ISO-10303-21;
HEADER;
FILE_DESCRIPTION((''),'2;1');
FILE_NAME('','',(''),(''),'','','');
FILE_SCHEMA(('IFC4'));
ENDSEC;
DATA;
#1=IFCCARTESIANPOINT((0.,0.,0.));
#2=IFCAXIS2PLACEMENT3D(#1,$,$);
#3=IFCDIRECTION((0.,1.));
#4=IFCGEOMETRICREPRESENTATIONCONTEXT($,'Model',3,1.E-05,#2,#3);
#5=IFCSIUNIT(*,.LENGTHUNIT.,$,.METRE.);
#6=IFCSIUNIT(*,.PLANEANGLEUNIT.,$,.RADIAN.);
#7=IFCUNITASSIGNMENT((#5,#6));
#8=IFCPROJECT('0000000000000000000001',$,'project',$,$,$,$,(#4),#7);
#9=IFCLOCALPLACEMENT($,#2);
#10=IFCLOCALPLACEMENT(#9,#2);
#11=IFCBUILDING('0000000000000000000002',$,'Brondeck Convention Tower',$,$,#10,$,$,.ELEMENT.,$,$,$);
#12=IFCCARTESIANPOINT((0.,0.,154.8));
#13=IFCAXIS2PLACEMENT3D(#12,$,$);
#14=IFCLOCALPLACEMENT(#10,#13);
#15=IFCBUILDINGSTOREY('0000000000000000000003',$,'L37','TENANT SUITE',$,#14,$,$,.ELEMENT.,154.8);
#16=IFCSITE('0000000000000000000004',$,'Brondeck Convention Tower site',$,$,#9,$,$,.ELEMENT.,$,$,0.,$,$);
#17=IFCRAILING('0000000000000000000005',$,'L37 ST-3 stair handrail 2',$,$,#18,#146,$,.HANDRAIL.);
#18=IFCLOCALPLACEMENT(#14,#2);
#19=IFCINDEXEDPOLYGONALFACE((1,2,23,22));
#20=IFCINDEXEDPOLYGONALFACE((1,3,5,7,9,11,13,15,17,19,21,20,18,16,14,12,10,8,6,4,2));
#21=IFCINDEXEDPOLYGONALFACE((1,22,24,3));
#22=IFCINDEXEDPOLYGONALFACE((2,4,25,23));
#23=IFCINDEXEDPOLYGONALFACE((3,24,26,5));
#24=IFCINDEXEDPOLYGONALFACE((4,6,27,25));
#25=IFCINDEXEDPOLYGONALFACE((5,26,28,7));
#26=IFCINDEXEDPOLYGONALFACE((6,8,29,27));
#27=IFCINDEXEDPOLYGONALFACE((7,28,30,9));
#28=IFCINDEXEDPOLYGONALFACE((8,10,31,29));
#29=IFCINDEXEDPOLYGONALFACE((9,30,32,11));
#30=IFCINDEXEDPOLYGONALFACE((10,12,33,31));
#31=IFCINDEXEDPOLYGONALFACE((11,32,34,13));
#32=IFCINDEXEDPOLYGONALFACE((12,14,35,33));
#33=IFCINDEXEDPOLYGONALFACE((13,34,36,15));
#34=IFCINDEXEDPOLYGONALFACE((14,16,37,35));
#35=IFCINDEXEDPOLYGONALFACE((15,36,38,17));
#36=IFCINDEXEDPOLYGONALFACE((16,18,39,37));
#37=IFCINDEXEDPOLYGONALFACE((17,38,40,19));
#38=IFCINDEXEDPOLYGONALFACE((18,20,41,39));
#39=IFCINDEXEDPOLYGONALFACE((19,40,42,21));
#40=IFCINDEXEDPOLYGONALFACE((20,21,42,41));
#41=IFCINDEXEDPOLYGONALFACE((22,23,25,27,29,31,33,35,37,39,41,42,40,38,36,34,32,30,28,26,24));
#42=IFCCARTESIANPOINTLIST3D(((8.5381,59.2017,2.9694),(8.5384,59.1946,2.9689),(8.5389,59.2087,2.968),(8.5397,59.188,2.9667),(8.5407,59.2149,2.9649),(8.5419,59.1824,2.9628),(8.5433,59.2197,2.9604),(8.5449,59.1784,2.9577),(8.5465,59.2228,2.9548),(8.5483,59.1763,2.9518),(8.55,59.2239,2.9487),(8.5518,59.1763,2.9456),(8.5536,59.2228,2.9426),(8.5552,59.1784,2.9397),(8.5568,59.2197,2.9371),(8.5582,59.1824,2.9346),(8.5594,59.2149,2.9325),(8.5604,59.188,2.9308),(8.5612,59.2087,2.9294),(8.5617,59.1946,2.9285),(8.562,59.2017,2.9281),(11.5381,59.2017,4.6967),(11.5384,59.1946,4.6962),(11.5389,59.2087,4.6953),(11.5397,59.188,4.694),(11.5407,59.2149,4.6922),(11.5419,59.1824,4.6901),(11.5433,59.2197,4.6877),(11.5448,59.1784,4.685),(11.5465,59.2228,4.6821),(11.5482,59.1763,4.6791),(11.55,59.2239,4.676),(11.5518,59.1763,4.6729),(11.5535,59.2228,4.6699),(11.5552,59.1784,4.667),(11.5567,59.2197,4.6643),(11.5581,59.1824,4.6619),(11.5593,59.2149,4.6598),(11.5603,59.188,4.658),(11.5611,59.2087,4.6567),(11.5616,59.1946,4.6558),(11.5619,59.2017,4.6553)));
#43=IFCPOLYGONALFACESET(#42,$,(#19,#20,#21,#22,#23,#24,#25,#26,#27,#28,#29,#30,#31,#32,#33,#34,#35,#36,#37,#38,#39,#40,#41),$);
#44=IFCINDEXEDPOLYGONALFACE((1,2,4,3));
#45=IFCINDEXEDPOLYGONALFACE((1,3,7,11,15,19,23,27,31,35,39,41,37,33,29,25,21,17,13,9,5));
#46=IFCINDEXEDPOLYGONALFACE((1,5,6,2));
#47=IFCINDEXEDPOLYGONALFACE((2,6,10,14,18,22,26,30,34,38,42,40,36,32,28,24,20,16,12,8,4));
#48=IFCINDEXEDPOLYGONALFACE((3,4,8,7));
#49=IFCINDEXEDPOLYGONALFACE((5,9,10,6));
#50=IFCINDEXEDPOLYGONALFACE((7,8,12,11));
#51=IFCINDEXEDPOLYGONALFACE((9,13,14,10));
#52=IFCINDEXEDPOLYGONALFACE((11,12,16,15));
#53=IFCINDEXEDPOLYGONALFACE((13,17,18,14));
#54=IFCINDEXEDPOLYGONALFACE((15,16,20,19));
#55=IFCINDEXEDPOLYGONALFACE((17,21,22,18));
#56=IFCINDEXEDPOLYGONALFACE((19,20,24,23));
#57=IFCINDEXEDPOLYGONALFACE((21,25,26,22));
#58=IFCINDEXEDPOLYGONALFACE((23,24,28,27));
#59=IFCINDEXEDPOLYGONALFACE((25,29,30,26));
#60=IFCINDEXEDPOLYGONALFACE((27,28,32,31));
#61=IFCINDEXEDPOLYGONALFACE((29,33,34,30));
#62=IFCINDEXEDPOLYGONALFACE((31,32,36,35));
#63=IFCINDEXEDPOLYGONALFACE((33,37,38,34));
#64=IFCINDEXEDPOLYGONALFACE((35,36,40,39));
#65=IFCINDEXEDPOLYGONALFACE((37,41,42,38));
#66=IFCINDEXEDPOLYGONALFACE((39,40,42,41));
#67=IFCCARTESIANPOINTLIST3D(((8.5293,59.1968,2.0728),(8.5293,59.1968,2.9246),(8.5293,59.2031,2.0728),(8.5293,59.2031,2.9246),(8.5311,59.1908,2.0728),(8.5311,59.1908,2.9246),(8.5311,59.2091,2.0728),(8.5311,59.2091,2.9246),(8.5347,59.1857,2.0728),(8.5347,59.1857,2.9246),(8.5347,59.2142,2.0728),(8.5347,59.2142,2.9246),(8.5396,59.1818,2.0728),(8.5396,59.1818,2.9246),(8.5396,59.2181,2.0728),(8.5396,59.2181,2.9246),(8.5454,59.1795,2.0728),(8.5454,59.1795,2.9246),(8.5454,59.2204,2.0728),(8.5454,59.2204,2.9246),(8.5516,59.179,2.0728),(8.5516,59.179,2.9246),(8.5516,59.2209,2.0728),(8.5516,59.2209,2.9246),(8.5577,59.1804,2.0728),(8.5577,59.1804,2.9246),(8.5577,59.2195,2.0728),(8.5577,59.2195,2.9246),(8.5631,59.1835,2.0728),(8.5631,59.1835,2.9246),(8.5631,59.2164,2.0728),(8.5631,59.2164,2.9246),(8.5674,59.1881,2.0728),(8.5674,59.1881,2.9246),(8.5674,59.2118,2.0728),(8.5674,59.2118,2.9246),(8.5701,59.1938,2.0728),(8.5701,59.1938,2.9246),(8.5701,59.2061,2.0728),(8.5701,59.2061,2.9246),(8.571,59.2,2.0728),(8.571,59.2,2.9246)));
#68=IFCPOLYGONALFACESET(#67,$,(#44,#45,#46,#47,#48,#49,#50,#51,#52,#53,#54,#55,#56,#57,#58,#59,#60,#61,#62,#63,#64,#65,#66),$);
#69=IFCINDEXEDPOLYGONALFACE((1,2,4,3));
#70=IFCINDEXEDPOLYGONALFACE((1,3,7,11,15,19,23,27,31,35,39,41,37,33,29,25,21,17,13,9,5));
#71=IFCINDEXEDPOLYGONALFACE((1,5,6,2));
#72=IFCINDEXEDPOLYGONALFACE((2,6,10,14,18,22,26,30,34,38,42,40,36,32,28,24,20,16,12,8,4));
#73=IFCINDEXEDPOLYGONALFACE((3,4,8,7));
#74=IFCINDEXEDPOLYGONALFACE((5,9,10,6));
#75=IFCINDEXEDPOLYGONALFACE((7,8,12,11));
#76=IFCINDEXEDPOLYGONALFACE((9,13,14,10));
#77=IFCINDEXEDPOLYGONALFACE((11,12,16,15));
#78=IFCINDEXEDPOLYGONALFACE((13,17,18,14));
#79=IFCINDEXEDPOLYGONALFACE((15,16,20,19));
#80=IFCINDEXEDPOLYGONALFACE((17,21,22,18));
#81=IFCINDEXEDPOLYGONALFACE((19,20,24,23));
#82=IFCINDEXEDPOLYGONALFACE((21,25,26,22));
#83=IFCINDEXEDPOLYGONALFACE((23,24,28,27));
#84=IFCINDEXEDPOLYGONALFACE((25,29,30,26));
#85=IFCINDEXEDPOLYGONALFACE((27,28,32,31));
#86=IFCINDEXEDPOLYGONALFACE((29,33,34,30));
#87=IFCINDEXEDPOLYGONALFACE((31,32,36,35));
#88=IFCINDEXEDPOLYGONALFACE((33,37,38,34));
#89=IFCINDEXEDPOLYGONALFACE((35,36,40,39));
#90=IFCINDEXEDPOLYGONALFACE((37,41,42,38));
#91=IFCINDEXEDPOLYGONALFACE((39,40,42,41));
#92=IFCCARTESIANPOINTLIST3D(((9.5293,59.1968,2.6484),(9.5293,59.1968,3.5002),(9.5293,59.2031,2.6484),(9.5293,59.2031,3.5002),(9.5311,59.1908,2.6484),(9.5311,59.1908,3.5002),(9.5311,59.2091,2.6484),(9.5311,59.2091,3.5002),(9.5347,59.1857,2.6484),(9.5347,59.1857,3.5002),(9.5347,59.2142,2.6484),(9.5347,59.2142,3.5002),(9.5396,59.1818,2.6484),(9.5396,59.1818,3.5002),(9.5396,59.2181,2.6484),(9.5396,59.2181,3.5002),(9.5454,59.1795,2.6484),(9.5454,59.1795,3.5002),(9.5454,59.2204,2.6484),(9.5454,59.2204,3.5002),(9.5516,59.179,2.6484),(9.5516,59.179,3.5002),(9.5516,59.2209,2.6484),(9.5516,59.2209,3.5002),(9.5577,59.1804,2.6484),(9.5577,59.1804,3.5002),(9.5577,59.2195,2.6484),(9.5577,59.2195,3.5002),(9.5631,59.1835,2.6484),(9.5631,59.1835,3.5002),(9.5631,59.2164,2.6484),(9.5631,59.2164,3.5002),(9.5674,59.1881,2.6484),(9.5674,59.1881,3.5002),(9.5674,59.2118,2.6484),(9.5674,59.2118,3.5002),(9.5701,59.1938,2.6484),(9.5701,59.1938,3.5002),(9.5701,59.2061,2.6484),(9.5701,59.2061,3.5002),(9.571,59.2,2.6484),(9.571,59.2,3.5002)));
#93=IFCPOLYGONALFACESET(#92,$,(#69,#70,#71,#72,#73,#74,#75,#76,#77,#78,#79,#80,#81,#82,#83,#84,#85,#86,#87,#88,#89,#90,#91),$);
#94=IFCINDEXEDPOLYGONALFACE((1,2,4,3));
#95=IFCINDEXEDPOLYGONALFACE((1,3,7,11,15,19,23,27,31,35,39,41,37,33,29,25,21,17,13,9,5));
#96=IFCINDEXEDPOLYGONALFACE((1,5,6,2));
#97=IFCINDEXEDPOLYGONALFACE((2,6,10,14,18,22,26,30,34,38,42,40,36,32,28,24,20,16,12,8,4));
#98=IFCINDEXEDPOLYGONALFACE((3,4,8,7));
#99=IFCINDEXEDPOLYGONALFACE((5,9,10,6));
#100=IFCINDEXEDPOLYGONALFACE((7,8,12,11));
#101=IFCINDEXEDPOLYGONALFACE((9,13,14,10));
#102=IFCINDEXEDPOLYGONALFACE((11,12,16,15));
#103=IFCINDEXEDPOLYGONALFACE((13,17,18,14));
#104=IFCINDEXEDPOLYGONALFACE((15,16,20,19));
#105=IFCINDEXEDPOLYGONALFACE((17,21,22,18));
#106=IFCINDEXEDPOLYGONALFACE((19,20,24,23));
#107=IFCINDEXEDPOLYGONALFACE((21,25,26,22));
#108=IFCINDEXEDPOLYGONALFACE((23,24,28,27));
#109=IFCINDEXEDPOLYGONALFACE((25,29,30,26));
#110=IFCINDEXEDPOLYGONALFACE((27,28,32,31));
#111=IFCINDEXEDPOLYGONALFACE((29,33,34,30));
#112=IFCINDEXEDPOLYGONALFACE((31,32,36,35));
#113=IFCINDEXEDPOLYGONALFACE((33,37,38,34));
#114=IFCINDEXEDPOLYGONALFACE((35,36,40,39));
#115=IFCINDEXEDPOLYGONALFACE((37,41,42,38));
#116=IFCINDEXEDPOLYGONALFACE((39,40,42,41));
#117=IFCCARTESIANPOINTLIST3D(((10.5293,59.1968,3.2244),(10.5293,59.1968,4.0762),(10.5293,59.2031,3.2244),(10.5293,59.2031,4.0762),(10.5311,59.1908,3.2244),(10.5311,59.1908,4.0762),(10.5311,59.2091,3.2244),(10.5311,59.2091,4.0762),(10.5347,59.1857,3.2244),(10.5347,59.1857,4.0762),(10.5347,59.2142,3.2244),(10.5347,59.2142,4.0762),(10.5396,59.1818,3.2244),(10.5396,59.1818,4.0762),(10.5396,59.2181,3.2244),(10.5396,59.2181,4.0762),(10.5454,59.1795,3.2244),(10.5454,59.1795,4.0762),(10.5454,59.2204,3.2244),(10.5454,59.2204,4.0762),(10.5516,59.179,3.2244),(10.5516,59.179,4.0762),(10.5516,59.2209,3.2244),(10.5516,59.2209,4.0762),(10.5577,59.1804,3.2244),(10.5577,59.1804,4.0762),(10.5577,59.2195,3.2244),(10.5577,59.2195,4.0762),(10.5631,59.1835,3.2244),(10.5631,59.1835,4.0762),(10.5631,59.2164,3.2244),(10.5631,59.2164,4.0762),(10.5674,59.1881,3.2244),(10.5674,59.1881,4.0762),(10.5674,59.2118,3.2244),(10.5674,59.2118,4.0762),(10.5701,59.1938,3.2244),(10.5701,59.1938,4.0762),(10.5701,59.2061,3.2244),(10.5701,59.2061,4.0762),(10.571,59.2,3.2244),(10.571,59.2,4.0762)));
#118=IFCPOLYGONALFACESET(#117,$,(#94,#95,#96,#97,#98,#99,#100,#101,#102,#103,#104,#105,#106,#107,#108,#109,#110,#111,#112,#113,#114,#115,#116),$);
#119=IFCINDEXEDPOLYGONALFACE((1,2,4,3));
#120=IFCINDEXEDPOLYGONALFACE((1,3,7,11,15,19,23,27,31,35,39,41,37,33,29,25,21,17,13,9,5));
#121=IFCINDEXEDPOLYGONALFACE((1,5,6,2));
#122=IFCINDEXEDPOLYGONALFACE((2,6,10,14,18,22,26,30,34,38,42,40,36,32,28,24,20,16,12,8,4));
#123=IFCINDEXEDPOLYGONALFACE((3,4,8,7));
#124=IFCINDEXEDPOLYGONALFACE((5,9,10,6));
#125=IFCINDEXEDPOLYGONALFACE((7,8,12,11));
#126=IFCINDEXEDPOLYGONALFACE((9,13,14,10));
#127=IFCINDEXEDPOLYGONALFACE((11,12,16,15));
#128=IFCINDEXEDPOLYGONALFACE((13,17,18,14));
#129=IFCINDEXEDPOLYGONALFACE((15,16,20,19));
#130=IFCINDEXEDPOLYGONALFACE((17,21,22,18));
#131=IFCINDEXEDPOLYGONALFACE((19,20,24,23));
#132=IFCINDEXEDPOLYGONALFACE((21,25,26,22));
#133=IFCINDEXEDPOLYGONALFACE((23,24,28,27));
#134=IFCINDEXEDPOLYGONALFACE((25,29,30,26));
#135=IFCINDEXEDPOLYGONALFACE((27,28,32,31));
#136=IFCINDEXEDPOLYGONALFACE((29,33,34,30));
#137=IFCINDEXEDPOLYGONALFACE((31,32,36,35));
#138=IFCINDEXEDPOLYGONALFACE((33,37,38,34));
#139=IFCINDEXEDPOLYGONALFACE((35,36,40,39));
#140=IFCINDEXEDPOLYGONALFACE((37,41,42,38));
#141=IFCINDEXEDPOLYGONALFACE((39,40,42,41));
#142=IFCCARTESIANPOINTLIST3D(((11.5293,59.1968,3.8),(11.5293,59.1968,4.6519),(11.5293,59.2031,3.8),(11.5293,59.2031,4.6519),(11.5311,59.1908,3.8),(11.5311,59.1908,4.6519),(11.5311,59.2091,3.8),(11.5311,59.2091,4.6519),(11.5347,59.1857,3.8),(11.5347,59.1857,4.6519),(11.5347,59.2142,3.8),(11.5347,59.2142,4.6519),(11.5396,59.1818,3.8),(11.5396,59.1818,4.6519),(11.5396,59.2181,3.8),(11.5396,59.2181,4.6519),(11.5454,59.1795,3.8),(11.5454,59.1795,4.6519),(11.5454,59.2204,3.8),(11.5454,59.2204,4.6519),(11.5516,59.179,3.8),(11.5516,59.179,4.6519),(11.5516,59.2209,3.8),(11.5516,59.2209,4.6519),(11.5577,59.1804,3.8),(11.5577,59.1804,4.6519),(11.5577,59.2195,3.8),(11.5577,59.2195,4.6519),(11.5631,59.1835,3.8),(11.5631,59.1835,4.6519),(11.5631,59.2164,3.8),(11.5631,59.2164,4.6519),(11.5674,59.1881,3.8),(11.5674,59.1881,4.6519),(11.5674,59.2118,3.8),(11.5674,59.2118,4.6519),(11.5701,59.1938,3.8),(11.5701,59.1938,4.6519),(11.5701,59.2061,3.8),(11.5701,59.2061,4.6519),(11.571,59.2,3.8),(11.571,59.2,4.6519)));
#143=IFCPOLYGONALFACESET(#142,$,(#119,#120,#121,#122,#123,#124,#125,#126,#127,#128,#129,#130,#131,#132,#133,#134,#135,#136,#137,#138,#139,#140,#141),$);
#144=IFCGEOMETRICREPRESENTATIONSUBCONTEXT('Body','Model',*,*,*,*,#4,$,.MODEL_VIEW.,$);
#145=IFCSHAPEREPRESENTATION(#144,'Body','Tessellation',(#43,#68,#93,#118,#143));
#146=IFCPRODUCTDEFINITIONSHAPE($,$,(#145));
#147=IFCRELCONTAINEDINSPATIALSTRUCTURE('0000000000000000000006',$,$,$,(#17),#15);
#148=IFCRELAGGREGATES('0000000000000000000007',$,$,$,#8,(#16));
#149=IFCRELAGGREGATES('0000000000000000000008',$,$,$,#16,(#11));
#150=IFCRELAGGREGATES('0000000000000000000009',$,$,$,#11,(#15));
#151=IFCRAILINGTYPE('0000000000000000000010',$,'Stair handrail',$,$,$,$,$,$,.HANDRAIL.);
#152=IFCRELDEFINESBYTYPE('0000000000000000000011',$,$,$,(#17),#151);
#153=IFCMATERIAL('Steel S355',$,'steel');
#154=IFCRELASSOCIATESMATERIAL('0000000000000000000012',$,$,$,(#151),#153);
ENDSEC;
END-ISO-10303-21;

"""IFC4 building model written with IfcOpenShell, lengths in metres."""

from ifc_helpers import new_model, si_unit, direction, frame, origin, origin_2d, place, context, subcontext, project, spatial, circle, extrude, material, type_object, element, save


model = new_model("IFC4")

# Units and contexts
model_context = context("Model", 3, precision=1e-05, world=origin(), true_north=direction((0.0, 1.0)))
body_context = subcontext(model_context, "Body", "Model", "MODEL_VIEW")
ifc_project = project(units=[si_unit("LENGTHUNIT", "METRE"), si_unit("PLANEANGLEUNIT", "RADIAN")], contexts=[model_context])

# Site, building, storey
site_placement = place(None, origin())
site = spatial("IfcSite", under=ifc_project, at=site_placement, Name="Brondeck Convention Tower site", CompositionType="ELEMENT", RefElevation=0.0)
building_placement = place(site_placement, origin())
building = spatial("IfcBuilding", under=site, at=building_placement, Name="Brondeck Convention Tower", CompositionType="ELEMENT")
storey_placement = place(building_placement, frame((0.0, 0.0, 154.8)))
storey = spatial("IfcBuildingStorey", under=building, at=storey_placement, Name="L37", Description="TENANT SUITE", CompositionType="ELEMENT", Elevation=154.8)

# Railing
ifc_material_1 = material(Name="Steel S355", Category="steel")
railing_type_1 = type_object("IfcRailingType", Name="Stair handrail", PredefinedType="HANDRAIL", material=ifc_material_1)
railing_1_placement = place(storey_placement, frame((8.55, 59.2, 2.0728)))
element("IfcRailing", 1, at=railing_1_placement, inside=storey, type_object=railing_type_1, Name="L37 ST-3 stair handrail 2", PredefinedType="HANDRAIL", context=body_context, shape_type="SweptSolid", body=[
    extrude(circle(Radius=0.0239, at=origin_2d()), frame((0.0, 0.0, 0.876), z_axis=(0.86662, 0.0, 0.498969), x_axis=(0.0, 1.0, 0.0)), (0.0, 0.0, 1.0), 3.4617),
    extrude(circle(Radius=0.021, at=origin_2d()), origin(), (0.0, 0.0, 1.0), 0.8518),
    extrude(circle(Radius=0.021, at=origin_2d()), frame((1.0, 0.0, 0.5757)), (0.0, 0.0, 1.0), 0.8518),
    extrude(circle(Radius=0.021, at=origin_2d()), frame((2.0, 0.0, 1.1516)), (0.0, 0.0, 1.0), 0.8518),
    extrude(circle(Radius=0.021, at=origin_2d()), frame((3.0, 0.0, 1.7273)), (0.0, 0.0, 1.0), 0.8518),
])

save(model, "model.ifc")
